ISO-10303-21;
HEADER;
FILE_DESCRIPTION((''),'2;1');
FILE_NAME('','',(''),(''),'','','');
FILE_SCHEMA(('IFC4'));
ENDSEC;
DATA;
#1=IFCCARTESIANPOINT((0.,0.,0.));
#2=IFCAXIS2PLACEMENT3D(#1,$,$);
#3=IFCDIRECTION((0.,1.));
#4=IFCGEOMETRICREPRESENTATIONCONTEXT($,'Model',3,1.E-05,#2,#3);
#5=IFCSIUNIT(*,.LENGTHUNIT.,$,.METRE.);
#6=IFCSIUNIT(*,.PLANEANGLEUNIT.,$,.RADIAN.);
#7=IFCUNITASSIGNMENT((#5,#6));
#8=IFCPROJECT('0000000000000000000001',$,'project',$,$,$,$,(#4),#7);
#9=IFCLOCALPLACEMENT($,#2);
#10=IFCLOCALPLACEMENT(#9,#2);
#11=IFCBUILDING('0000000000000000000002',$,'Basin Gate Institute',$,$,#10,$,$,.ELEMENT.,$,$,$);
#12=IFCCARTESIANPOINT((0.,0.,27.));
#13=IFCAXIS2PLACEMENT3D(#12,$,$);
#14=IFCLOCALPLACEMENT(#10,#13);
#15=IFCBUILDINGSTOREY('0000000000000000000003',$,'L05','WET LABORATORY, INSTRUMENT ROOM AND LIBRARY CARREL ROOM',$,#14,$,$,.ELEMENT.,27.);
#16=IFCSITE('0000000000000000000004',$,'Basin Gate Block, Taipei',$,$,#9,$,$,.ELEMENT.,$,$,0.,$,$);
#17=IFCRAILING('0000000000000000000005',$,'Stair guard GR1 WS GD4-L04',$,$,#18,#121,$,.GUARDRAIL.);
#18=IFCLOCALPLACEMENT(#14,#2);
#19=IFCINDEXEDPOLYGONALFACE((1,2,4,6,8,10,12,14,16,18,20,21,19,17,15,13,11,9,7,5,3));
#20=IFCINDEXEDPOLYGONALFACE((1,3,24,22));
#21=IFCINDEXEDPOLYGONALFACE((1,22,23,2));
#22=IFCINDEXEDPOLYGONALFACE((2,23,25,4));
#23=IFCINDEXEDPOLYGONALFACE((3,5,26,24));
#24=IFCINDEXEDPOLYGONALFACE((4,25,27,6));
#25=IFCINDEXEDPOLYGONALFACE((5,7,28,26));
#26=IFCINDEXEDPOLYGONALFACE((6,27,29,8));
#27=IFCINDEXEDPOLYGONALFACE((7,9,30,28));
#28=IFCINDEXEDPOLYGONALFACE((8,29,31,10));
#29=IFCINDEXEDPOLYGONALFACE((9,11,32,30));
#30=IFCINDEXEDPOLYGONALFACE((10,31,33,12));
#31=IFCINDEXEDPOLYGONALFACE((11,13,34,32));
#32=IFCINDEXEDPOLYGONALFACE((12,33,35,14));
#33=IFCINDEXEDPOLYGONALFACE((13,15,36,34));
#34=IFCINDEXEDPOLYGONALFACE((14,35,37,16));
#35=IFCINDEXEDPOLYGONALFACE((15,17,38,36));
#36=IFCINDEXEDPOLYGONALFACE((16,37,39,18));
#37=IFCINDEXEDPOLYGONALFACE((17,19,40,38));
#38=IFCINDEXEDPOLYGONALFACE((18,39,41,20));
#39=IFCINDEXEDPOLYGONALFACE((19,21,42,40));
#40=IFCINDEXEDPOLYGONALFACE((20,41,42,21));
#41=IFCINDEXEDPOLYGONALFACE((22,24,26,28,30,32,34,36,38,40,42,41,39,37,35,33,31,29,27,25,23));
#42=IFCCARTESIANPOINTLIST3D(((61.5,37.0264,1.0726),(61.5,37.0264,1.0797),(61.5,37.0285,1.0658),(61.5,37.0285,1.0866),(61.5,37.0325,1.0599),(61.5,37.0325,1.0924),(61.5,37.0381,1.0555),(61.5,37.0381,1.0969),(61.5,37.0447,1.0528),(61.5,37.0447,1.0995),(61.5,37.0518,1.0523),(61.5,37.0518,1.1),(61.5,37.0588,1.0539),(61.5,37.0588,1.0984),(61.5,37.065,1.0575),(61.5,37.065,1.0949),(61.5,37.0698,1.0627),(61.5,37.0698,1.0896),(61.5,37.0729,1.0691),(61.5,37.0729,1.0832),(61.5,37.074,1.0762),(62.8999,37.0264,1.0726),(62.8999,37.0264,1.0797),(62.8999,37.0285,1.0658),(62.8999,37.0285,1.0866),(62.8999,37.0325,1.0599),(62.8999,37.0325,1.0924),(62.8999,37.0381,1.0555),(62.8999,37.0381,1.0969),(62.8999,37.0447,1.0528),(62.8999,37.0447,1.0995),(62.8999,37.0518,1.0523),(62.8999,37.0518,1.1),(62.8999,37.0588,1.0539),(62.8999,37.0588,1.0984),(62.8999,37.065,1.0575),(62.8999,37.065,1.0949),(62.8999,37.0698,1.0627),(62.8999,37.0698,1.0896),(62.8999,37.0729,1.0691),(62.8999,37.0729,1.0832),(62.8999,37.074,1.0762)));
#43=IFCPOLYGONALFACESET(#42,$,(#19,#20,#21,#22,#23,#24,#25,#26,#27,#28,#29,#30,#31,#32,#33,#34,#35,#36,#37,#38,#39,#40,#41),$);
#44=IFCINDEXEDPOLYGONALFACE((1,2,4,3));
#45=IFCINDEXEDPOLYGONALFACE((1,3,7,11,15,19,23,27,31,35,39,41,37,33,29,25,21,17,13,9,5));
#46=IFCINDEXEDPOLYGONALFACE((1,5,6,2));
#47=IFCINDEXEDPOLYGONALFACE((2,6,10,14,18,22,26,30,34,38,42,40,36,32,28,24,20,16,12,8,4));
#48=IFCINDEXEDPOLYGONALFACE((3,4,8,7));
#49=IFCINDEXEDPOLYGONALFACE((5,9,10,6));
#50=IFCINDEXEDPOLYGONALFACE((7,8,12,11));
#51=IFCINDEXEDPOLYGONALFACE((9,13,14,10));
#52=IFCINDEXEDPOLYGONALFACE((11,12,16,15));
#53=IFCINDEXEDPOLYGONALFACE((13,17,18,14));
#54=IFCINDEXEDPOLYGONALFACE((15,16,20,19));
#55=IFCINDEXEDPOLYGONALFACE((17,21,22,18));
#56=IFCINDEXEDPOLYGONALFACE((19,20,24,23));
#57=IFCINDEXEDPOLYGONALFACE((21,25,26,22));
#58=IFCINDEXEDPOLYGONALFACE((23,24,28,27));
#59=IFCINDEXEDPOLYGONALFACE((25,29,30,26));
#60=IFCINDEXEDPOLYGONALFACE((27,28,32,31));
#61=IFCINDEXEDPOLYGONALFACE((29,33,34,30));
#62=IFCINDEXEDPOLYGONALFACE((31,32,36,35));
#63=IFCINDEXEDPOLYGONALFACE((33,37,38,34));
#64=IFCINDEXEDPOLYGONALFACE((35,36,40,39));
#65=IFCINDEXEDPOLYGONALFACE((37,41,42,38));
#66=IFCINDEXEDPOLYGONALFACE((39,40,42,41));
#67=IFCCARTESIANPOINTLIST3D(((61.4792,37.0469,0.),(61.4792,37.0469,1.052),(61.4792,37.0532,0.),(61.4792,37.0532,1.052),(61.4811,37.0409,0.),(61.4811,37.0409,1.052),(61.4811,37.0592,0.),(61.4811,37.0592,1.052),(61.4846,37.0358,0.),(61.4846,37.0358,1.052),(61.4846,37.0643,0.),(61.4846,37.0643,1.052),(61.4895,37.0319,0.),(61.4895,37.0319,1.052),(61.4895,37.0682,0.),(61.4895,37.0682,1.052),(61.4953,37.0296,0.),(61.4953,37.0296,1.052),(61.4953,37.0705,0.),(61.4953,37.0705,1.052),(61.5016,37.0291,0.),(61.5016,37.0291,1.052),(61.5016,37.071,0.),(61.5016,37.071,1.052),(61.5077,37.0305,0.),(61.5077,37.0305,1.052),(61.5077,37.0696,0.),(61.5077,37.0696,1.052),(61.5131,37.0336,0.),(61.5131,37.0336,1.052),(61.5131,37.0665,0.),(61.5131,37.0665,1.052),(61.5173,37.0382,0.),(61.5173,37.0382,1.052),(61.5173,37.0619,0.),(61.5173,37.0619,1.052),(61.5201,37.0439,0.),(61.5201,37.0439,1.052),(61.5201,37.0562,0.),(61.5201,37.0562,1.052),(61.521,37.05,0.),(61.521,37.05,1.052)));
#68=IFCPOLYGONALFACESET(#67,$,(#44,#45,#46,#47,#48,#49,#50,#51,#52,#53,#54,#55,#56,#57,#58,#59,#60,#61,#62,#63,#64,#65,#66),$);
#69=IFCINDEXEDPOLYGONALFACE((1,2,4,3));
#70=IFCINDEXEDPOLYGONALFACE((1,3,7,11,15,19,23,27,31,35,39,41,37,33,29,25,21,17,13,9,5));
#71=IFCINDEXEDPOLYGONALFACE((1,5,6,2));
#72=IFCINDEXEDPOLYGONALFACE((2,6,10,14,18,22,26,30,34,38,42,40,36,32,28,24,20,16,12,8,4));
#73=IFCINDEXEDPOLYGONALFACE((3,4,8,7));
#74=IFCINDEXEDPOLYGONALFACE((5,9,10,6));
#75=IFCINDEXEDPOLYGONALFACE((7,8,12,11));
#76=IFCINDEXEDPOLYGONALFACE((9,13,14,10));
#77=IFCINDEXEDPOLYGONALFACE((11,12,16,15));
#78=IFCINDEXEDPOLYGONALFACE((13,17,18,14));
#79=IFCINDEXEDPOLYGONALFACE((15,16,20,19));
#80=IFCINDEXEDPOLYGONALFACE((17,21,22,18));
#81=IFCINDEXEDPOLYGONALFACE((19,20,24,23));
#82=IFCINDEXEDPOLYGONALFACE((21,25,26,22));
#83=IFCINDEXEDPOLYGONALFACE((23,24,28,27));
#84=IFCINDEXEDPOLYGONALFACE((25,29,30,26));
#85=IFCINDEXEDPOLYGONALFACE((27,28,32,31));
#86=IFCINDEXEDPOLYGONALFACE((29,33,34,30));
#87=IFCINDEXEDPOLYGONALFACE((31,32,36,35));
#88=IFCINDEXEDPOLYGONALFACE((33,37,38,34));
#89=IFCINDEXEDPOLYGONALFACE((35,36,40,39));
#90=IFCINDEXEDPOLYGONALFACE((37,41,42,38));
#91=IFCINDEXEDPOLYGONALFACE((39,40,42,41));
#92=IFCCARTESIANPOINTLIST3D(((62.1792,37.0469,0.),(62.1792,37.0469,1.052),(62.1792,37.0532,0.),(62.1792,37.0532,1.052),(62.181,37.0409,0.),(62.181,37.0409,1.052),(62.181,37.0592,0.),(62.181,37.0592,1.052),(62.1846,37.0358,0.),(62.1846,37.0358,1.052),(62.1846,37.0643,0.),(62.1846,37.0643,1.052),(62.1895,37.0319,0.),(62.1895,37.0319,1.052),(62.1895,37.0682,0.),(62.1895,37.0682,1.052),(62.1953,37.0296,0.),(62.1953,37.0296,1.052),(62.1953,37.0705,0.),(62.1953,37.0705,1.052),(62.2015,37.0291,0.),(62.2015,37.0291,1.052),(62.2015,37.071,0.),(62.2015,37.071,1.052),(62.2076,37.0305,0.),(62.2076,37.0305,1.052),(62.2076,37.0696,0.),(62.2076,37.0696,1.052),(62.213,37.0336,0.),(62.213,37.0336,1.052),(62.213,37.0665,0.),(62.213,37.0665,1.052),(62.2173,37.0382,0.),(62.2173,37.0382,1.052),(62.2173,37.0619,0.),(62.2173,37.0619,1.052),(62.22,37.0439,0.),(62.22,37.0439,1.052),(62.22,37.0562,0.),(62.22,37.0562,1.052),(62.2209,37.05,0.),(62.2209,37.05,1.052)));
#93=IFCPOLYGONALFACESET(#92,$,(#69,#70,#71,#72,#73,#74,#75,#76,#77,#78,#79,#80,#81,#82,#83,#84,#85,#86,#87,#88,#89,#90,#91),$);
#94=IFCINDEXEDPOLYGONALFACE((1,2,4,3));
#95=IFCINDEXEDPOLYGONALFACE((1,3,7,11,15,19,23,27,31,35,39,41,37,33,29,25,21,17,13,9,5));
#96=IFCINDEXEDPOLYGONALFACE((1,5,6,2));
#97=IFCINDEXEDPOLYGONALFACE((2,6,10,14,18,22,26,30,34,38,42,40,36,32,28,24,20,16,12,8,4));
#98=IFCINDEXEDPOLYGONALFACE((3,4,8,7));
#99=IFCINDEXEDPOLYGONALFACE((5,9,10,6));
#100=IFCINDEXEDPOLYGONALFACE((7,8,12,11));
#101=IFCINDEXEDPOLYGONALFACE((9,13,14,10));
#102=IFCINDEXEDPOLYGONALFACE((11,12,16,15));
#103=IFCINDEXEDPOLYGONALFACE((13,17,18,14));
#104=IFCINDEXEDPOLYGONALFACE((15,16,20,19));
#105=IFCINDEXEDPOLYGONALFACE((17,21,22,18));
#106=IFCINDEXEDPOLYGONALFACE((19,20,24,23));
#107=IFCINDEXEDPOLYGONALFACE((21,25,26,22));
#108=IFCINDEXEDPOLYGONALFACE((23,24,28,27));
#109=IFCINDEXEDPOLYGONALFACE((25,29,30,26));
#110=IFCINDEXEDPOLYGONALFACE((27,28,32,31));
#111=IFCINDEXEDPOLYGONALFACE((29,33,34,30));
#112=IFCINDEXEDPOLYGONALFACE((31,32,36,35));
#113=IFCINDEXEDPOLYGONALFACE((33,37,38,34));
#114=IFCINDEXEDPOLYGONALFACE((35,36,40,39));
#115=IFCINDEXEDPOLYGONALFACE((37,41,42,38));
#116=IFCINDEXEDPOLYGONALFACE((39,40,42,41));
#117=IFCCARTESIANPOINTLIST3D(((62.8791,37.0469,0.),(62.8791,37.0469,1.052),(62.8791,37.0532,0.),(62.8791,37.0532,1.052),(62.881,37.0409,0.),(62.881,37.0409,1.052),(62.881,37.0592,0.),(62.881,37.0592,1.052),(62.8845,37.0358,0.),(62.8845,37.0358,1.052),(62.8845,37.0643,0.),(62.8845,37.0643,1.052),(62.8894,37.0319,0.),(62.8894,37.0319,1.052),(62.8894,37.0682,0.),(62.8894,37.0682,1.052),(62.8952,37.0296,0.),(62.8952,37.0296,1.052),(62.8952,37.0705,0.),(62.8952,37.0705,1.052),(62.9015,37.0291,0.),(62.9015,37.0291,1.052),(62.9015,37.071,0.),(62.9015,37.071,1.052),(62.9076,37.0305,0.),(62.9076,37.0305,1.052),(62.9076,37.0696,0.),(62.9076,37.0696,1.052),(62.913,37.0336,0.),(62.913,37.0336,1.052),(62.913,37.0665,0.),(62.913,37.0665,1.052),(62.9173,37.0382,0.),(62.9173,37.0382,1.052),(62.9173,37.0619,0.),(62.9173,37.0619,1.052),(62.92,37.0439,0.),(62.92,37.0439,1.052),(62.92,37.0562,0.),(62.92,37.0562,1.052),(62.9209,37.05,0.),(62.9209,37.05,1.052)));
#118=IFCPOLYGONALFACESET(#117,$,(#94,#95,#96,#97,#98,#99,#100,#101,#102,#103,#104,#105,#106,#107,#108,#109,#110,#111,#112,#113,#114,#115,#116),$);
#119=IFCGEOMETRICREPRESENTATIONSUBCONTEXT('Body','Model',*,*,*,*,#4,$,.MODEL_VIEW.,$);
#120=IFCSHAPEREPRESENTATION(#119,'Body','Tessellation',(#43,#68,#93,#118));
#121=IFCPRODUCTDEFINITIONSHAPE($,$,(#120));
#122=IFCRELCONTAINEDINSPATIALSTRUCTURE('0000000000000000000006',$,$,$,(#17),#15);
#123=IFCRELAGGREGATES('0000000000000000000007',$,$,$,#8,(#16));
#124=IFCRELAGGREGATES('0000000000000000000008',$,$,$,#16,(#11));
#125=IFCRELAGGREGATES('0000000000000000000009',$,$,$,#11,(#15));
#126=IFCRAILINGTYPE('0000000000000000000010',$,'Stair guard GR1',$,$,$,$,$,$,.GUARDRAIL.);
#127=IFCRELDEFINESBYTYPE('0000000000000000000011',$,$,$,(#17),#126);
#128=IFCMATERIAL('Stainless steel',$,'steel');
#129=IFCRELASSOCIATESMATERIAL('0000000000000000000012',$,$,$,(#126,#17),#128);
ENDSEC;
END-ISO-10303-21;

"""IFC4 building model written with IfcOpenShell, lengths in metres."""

from ifc_helpers import new_model, si_unit, direction, frame, origin, origin_2d, place, context, subcontext, project, spatial, circle, extrude, material, type_object, element, save


model = new_model("IFC4")

# Units and contexts
model_context = context("Model", 3, precision=1e-05, world=origin(), true_north=direction((0.0, 1.0)))
body_context = subcontext(model_context, "Body", "Model", "MODEL_VIEW")
ifc_project = project(units=[si_unit("LENGTHUNIT", "METRE"), si_unit("PLANEANGLEUNIT", "RADIAN")], contexts=[model_context])

# Site, building, storey
site_placement = place(None, origin())
site = spatial("IfcSite", under=ifc_project, at=site_placement, Name="Basin Gate Block, Taipei", CompositionType="ELEMENT", RefElevation=0.0)
building_placement = place(site_placement, origin())
building = spatial("IfcBuilding", under=site, at=building_placement, Name="Basin Gate Institute", CompositionType="ELEMENT")
storey_placement = place(building_placement, frame((0.0, 0.0, 27.0)))
storey = spatial("IfcBuildingStorey", under=building, at=storey_placement, Name="L05", Description="WET LABORATORY, INSTRUMENT ROOM AND LIBRARY CARREL ROOM", CompositionType="ELEMENT", Elevation=27.0)

# Railing
ifc_material_1 = material(Name="Stainless steel", Category="steel")
railing_type_1 = type_object("IfcRailingType", Name="Stair guard GR1", PredefinedType="GUARDRAIL", material=ifc_material_1)
railing_1_placement = place(storey_placement, frame((61.5, 37.05, 0.0)))
element("IfcRailing", 1, at=railing_1_placement, inside=storey, type_object=railing_type_1, material=ifc_material_1, Name="Stair guard GR1 WS GD4-L04", PredefinedType="GUARDRAIL", context=body_context, shape_type="SweptSolid", body=[
    extrude(circle(Radius=0.0239, at=origin_2d()), frame((0.0, 0.0, 1.0762), z_axis=(1.0, 0.0, 0.0), x_axis=(0.0, 1.0, 0.0)), (0.0, 0.0, 1.0), 1.3999),
    extrude(circle(Radius=0.021, at=origin_2d()), origin(), (0.0, 0.0, 1.0), 1.052),
    extrude(circle(Radius=0.021, at=origin_2d()), frame((0.7, 0.0, 0.0)), (0.0, 0.0, 1.0), 1.052),
    extrude(circle(Radius=0.021, at=origin_2d()), frame((1.3999, 0.0, 0.0)), (0.0, 0.0, 1.0), 1.052),
])

save(model, "model.ifc")
